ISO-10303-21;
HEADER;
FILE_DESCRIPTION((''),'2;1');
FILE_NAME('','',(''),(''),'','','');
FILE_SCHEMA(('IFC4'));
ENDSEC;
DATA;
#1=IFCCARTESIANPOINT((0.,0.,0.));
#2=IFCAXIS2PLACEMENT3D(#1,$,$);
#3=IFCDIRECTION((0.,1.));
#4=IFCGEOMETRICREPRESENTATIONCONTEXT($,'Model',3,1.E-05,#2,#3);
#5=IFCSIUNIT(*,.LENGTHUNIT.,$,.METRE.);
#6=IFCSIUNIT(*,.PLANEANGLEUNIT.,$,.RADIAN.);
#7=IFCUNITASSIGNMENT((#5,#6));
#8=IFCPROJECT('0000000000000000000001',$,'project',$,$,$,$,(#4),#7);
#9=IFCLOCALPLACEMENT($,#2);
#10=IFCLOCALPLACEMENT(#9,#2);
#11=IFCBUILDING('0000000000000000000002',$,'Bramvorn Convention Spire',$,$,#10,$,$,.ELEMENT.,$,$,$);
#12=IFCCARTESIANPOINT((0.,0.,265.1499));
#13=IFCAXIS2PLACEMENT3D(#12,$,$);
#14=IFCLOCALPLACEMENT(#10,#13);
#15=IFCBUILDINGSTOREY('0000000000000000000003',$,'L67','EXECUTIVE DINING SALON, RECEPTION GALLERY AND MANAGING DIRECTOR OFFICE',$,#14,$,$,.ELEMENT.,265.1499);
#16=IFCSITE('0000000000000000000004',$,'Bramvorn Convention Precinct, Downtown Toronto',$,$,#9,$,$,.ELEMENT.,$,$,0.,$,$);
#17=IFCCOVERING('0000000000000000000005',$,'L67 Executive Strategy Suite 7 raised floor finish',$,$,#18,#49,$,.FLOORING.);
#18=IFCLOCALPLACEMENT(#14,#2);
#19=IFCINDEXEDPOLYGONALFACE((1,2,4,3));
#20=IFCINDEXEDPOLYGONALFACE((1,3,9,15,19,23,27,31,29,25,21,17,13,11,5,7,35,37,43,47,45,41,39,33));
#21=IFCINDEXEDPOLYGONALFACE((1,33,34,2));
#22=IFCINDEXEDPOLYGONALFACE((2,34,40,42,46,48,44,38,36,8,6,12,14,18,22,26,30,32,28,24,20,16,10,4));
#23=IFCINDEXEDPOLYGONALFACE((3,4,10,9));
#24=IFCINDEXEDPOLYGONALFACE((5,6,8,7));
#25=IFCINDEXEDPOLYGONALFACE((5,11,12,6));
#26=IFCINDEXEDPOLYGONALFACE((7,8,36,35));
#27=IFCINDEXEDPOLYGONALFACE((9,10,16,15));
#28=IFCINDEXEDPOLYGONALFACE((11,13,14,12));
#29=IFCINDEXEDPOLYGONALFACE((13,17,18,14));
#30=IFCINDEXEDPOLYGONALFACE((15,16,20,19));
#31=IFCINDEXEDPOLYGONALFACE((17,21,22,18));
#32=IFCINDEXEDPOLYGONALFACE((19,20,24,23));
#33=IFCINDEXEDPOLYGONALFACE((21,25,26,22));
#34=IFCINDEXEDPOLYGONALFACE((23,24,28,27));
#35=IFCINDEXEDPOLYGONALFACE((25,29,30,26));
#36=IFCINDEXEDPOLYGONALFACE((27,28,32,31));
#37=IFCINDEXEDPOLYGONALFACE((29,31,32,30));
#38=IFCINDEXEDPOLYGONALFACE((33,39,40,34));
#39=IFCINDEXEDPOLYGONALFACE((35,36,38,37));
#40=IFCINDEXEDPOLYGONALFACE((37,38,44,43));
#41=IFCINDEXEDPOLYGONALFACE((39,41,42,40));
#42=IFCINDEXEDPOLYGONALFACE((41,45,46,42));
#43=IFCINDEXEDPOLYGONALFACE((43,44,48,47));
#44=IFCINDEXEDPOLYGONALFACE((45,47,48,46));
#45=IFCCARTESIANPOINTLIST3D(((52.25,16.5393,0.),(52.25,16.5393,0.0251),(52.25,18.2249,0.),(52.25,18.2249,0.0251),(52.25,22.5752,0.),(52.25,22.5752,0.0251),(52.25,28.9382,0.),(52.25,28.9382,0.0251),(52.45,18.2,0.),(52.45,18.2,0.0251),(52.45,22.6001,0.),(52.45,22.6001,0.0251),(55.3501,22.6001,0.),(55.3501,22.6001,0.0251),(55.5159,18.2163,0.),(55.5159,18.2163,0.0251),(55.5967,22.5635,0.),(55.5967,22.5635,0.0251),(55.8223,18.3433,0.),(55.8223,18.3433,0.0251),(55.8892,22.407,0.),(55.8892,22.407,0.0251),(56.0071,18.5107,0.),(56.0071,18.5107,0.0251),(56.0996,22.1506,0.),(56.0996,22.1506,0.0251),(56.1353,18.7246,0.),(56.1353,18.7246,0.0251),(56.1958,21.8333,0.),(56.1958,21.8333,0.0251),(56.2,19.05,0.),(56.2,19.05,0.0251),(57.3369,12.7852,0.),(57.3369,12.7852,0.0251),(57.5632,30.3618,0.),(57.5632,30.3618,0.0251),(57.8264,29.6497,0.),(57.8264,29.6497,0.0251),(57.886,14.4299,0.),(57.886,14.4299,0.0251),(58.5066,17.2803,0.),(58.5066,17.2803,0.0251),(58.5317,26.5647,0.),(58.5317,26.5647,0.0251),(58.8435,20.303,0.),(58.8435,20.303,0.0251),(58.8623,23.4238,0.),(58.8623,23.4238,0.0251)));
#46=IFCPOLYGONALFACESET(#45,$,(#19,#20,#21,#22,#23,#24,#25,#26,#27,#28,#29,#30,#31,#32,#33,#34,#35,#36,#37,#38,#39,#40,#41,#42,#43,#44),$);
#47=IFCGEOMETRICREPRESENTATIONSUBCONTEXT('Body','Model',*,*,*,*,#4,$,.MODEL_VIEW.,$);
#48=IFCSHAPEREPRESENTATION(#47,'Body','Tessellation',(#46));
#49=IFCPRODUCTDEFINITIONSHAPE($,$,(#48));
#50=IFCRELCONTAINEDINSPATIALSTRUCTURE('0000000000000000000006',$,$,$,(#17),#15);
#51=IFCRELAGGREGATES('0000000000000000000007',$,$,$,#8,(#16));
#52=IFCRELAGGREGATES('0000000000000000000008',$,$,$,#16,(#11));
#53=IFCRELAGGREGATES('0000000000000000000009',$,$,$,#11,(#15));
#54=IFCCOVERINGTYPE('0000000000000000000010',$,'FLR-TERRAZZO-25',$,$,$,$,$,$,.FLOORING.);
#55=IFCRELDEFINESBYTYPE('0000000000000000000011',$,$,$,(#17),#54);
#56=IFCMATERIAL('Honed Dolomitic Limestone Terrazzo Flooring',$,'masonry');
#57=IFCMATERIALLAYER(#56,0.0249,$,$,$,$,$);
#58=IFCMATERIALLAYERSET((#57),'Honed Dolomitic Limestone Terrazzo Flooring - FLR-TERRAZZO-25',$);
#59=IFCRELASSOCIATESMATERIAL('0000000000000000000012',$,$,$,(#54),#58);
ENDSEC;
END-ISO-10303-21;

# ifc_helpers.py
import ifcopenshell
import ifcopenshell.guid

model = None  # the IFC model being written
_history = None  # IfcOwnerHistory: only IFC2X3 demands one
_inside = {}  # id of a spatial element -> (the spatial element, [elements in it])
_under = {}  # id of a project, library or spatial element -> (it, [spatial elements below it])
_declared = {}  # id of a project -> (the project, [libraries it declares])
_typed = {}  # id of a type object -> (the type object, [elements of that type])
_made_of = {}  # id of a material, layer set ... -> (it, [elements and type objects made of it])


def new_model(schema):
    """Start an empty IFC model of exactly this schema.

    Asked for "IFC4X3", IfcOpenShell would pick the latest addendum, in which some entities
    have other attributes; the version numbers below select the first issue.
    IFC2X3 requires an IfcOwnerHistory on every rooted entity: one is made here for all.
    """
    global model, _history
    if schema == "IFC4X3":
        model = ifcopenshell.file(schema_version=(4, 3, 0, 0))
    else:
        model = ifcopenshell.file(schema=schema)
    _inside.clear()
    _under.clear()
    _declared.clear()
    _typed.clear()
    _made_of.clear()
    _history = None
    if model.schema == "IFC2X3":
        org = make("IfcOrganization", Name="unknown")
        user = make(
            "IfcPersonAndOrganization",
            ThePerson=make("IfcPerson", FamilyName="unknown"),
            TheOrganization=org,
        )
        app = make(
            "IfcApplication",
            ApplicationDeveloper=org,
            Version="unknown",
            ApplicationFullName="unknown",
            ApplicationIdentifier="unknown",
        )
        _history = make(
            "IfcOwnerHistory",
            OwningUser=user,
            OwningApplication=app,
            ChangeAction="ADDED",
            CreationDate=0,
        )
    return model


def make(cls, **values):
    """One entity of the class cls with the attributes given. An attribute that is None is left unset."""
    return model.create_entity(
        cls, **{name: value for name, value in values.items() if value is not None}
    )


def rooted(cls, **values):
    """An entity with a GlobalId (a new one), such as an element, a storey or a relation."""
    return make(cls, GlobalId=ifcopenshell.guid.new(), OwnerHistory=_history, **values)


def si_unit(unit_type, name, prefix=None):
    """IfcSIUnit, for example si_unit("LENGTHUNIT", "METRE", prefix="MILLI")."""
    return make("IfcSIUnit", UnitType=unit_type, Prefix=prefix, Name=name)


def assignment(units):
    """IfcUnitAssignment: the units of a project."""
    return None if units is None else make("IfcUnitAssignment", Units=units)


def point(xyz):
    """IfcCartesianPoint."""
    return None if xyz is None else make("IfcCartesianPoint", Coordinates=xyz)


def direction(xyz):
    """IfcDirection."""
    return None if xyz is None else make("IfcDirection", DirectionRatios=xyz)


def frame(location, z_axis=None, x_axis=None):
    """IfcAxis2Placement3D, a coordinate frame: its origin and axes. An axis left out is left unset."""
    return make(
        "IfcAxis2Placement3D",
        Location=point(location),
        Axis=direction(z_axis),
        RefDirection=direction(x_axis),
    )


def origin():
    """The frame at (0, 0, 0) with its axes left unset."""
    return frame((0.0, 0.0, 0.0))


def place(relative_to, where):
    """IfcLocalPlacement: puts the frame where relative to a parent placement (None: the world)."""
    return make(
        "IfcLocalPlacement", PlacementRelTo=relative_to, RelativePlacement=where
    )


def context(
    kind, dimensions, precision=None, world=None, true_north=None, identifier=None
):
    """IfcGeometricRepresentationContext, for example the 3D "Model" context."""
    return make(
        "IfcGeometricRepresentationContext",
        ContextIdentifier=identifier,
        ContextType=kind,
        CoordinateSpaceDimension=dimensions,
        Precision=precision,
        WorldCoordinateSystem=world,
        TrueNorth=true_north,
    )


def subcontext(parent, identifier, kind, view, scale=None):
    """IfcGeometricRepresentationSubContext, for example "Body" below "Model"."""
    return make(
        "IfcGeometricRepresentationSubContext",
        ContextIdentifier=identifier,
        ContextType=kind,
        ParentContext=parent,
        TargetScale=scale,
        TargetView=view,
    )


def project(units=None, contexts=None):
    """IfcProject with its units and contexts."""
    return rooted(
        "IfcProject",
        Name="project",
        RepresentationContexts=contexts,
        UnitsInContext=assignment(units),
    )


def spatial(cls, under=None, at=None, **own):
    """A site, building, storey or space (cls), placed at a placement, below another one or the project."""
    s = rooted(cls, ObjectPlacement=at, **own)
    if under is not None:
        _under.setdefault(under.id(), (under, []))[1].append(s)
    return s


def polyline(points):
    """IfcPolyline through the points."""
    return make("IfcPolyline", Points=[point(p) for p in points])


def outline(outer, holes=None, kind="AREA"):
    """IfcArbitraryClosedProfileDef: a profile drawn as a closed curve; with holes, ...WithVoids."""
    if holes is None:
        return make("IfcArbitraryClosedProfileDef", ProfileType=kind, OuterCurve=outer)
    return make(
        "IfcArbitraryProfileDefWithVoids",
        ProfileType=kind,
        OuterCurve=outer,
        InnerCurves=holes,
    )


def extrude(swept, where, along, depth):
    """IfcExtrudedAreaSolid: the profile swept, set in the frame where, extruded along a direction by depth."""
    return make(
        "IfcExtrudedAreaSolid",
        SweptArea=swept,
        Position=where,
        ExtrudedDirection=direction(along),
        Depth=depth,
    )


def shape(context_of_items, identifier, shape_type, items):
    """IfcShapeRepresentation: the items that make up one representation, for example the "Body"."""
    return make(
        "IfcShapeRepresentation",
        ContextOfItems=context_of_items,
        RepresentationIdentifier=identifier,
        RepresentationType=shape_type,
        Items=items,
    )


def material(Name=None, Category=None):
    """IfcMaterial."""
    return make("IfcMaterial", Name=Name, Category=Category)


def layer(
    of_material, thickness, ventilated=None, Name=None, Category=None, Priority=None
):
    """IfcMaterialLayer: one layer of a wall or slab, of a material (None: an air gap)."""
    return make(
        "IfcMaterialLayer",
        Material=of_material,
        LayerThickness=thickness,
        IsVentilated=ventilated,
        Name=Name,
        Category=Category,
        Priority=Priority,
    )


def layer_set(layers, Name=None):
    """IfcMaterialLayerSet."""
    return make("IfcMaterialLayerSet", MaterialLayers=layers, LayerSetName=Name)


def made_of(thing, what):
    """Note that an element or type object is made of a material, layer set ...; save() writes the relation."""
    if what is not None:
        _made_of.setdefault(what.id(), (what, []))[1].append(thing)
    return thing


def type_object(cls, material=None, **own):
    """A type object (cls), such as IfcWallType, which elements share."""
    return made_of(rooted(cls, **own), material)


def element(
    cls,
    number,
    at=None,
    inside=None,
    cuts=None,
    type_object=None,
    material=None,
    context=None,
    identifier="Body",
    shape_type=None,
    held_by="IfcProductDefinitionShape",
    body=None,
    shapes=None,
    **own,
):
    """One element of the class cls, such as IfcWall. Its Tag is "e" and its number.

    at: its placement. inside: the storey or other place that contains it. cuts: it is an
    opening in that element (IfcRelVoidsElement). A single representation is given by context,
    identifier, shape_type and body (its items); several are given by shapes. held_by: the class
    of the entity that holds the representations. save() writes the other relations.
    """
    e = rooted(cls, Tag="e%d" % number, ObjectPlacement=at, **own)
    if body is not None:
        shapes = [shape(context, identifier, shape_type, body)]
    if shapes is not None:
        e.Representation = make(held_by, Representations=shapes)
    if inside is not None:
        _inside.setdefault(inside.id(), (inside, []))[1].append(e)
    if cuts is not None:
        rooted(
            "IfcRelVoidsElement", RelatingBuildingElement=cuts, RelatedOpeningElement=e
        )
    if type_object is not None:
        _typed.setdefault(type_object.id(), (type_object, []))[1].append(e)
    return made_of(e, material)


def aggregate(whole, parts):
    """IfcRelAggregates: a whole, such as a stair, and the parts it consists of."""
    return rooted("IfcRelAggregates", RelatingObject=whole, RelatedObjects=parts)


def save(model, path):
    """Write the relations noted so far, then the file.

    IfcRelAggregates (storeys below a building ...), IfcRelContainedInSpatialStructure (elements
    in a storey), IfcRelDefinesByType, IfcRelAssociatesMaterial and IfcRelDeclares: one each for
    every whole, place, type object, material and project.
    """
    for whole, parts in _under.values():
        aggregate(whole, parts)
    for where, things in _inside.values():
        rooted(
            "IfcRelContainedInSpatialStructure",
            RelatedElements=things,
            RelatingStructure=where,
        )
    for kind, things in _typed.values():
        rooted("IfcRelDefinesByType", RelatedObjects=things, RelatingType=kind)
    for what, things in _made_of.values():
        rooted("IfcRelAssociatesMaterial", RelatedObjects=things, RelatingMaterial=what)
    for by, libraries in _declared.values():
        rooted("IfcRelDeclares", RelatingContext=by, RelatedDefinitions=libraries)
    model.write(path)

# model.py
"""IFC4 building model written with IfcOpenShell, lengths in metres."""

from ifc_helpers import new_model, si_unit, direction, frame, origin, place, context, subcontext, project, spatial, polyline, outline, extrude, material, layer, layer_set, type_object, element, save


model = new_model("IFC4")

# Units and contexts
model_context = context("Model", 3, precision=1e-05, world=origin(), true_north=direction((0.0, 1.0)))
body_context = subcontext(model_context, "Body", "Model", "MODEL_VIEW")
ifc_project = project(units=[si_unit("LENGTHUNIT", "METRE"), si_unit("PLANEANGLEUNIT", "RADIAN")], contexts=[model_context])

# Site, building, storey
site_placement = place(None, origin())
site = spatial("IfcSite", under=ifc_project, at=site_placement, Name="Bramvorn Convention Precinct, Downtown Toronto", CompositionType="ELEMENT", RefElevation=0.0)
building_placement = place(site_placement, origin())
building = spatial("IfcBuilding", under=site, at=building_placement, Name="Bramvorn Convention Spire", CompositionType="ELEMENT")
storey_placement = place(building_placement, frame((0.0, 0.0, 265.1499)))
storey = spatial("IfcBuildingStorey", under=building, at=storey_placement, Name="L67", Description="EXECUTIVE DINING SALON, RECEPTION GALLERY AND MANAGING DIRECTOR OFFICE", CompositionType="ELEMENT", Elevation=265.1499)

# Covering
ifc_material_1 = material(Name="Honed Dolomitic Limestone Terrazzo Flooring", Category="masonry")
ifc_layer_1 = layer(ifc_material_1, 0.0249)
ifc_layer_set_1 = layer_set([ifc_layer_1], Name="Honed Dolomitic Limestone Terrazzo Flooring - FLR-TERRAZZO-25")
covering_type = type_object("IfcCoveringType", Name="FLR-TERRAZZO-25", PredefinedType="FLOORING", material=ifc_layer_set_1)
covering_1_placement = place(storey_placement, origin())
element("IfcCovering", 1, at=covering_1_placement, inside=storey, type_object=covering_type, Name="L67 Executive Strategy Suite 7 raised floor finish", PredefinedType="FLOORING", context=body_context, shape_type="SweptSolid", body=[
    extrude(outline(polyline([(52.25, 16.5393), (57.3369, 12.7852), (57.886, 14.4299), (58.5066, 17.2803), (58.8435, 20.303), (58.8623, 23.4238), (58.5317, 26.5647), (57.8264, 29.6497), (57.5632, 30.3618), (52.25, 28.9382), (52.25, 22.5752), (52.45, 22.6001), (55.3501, 22.6001), (55.5967, 22.5635), (55.8892, 22.407), (56.0996, 22.1506), (56.1958, 21.8333), (56.2, 19.05), (56.1353, 18.7246), (56.0071, 18.5107), (55.8223, 18.3433), (55.5159, 18.2163), (52.45, 18.2), (52.25, 18.2249), (52.25, 16.5393)])), origin(), (0.0, 0.0, 1.0), 0.0251),
])

save(model, "model.ifc")
